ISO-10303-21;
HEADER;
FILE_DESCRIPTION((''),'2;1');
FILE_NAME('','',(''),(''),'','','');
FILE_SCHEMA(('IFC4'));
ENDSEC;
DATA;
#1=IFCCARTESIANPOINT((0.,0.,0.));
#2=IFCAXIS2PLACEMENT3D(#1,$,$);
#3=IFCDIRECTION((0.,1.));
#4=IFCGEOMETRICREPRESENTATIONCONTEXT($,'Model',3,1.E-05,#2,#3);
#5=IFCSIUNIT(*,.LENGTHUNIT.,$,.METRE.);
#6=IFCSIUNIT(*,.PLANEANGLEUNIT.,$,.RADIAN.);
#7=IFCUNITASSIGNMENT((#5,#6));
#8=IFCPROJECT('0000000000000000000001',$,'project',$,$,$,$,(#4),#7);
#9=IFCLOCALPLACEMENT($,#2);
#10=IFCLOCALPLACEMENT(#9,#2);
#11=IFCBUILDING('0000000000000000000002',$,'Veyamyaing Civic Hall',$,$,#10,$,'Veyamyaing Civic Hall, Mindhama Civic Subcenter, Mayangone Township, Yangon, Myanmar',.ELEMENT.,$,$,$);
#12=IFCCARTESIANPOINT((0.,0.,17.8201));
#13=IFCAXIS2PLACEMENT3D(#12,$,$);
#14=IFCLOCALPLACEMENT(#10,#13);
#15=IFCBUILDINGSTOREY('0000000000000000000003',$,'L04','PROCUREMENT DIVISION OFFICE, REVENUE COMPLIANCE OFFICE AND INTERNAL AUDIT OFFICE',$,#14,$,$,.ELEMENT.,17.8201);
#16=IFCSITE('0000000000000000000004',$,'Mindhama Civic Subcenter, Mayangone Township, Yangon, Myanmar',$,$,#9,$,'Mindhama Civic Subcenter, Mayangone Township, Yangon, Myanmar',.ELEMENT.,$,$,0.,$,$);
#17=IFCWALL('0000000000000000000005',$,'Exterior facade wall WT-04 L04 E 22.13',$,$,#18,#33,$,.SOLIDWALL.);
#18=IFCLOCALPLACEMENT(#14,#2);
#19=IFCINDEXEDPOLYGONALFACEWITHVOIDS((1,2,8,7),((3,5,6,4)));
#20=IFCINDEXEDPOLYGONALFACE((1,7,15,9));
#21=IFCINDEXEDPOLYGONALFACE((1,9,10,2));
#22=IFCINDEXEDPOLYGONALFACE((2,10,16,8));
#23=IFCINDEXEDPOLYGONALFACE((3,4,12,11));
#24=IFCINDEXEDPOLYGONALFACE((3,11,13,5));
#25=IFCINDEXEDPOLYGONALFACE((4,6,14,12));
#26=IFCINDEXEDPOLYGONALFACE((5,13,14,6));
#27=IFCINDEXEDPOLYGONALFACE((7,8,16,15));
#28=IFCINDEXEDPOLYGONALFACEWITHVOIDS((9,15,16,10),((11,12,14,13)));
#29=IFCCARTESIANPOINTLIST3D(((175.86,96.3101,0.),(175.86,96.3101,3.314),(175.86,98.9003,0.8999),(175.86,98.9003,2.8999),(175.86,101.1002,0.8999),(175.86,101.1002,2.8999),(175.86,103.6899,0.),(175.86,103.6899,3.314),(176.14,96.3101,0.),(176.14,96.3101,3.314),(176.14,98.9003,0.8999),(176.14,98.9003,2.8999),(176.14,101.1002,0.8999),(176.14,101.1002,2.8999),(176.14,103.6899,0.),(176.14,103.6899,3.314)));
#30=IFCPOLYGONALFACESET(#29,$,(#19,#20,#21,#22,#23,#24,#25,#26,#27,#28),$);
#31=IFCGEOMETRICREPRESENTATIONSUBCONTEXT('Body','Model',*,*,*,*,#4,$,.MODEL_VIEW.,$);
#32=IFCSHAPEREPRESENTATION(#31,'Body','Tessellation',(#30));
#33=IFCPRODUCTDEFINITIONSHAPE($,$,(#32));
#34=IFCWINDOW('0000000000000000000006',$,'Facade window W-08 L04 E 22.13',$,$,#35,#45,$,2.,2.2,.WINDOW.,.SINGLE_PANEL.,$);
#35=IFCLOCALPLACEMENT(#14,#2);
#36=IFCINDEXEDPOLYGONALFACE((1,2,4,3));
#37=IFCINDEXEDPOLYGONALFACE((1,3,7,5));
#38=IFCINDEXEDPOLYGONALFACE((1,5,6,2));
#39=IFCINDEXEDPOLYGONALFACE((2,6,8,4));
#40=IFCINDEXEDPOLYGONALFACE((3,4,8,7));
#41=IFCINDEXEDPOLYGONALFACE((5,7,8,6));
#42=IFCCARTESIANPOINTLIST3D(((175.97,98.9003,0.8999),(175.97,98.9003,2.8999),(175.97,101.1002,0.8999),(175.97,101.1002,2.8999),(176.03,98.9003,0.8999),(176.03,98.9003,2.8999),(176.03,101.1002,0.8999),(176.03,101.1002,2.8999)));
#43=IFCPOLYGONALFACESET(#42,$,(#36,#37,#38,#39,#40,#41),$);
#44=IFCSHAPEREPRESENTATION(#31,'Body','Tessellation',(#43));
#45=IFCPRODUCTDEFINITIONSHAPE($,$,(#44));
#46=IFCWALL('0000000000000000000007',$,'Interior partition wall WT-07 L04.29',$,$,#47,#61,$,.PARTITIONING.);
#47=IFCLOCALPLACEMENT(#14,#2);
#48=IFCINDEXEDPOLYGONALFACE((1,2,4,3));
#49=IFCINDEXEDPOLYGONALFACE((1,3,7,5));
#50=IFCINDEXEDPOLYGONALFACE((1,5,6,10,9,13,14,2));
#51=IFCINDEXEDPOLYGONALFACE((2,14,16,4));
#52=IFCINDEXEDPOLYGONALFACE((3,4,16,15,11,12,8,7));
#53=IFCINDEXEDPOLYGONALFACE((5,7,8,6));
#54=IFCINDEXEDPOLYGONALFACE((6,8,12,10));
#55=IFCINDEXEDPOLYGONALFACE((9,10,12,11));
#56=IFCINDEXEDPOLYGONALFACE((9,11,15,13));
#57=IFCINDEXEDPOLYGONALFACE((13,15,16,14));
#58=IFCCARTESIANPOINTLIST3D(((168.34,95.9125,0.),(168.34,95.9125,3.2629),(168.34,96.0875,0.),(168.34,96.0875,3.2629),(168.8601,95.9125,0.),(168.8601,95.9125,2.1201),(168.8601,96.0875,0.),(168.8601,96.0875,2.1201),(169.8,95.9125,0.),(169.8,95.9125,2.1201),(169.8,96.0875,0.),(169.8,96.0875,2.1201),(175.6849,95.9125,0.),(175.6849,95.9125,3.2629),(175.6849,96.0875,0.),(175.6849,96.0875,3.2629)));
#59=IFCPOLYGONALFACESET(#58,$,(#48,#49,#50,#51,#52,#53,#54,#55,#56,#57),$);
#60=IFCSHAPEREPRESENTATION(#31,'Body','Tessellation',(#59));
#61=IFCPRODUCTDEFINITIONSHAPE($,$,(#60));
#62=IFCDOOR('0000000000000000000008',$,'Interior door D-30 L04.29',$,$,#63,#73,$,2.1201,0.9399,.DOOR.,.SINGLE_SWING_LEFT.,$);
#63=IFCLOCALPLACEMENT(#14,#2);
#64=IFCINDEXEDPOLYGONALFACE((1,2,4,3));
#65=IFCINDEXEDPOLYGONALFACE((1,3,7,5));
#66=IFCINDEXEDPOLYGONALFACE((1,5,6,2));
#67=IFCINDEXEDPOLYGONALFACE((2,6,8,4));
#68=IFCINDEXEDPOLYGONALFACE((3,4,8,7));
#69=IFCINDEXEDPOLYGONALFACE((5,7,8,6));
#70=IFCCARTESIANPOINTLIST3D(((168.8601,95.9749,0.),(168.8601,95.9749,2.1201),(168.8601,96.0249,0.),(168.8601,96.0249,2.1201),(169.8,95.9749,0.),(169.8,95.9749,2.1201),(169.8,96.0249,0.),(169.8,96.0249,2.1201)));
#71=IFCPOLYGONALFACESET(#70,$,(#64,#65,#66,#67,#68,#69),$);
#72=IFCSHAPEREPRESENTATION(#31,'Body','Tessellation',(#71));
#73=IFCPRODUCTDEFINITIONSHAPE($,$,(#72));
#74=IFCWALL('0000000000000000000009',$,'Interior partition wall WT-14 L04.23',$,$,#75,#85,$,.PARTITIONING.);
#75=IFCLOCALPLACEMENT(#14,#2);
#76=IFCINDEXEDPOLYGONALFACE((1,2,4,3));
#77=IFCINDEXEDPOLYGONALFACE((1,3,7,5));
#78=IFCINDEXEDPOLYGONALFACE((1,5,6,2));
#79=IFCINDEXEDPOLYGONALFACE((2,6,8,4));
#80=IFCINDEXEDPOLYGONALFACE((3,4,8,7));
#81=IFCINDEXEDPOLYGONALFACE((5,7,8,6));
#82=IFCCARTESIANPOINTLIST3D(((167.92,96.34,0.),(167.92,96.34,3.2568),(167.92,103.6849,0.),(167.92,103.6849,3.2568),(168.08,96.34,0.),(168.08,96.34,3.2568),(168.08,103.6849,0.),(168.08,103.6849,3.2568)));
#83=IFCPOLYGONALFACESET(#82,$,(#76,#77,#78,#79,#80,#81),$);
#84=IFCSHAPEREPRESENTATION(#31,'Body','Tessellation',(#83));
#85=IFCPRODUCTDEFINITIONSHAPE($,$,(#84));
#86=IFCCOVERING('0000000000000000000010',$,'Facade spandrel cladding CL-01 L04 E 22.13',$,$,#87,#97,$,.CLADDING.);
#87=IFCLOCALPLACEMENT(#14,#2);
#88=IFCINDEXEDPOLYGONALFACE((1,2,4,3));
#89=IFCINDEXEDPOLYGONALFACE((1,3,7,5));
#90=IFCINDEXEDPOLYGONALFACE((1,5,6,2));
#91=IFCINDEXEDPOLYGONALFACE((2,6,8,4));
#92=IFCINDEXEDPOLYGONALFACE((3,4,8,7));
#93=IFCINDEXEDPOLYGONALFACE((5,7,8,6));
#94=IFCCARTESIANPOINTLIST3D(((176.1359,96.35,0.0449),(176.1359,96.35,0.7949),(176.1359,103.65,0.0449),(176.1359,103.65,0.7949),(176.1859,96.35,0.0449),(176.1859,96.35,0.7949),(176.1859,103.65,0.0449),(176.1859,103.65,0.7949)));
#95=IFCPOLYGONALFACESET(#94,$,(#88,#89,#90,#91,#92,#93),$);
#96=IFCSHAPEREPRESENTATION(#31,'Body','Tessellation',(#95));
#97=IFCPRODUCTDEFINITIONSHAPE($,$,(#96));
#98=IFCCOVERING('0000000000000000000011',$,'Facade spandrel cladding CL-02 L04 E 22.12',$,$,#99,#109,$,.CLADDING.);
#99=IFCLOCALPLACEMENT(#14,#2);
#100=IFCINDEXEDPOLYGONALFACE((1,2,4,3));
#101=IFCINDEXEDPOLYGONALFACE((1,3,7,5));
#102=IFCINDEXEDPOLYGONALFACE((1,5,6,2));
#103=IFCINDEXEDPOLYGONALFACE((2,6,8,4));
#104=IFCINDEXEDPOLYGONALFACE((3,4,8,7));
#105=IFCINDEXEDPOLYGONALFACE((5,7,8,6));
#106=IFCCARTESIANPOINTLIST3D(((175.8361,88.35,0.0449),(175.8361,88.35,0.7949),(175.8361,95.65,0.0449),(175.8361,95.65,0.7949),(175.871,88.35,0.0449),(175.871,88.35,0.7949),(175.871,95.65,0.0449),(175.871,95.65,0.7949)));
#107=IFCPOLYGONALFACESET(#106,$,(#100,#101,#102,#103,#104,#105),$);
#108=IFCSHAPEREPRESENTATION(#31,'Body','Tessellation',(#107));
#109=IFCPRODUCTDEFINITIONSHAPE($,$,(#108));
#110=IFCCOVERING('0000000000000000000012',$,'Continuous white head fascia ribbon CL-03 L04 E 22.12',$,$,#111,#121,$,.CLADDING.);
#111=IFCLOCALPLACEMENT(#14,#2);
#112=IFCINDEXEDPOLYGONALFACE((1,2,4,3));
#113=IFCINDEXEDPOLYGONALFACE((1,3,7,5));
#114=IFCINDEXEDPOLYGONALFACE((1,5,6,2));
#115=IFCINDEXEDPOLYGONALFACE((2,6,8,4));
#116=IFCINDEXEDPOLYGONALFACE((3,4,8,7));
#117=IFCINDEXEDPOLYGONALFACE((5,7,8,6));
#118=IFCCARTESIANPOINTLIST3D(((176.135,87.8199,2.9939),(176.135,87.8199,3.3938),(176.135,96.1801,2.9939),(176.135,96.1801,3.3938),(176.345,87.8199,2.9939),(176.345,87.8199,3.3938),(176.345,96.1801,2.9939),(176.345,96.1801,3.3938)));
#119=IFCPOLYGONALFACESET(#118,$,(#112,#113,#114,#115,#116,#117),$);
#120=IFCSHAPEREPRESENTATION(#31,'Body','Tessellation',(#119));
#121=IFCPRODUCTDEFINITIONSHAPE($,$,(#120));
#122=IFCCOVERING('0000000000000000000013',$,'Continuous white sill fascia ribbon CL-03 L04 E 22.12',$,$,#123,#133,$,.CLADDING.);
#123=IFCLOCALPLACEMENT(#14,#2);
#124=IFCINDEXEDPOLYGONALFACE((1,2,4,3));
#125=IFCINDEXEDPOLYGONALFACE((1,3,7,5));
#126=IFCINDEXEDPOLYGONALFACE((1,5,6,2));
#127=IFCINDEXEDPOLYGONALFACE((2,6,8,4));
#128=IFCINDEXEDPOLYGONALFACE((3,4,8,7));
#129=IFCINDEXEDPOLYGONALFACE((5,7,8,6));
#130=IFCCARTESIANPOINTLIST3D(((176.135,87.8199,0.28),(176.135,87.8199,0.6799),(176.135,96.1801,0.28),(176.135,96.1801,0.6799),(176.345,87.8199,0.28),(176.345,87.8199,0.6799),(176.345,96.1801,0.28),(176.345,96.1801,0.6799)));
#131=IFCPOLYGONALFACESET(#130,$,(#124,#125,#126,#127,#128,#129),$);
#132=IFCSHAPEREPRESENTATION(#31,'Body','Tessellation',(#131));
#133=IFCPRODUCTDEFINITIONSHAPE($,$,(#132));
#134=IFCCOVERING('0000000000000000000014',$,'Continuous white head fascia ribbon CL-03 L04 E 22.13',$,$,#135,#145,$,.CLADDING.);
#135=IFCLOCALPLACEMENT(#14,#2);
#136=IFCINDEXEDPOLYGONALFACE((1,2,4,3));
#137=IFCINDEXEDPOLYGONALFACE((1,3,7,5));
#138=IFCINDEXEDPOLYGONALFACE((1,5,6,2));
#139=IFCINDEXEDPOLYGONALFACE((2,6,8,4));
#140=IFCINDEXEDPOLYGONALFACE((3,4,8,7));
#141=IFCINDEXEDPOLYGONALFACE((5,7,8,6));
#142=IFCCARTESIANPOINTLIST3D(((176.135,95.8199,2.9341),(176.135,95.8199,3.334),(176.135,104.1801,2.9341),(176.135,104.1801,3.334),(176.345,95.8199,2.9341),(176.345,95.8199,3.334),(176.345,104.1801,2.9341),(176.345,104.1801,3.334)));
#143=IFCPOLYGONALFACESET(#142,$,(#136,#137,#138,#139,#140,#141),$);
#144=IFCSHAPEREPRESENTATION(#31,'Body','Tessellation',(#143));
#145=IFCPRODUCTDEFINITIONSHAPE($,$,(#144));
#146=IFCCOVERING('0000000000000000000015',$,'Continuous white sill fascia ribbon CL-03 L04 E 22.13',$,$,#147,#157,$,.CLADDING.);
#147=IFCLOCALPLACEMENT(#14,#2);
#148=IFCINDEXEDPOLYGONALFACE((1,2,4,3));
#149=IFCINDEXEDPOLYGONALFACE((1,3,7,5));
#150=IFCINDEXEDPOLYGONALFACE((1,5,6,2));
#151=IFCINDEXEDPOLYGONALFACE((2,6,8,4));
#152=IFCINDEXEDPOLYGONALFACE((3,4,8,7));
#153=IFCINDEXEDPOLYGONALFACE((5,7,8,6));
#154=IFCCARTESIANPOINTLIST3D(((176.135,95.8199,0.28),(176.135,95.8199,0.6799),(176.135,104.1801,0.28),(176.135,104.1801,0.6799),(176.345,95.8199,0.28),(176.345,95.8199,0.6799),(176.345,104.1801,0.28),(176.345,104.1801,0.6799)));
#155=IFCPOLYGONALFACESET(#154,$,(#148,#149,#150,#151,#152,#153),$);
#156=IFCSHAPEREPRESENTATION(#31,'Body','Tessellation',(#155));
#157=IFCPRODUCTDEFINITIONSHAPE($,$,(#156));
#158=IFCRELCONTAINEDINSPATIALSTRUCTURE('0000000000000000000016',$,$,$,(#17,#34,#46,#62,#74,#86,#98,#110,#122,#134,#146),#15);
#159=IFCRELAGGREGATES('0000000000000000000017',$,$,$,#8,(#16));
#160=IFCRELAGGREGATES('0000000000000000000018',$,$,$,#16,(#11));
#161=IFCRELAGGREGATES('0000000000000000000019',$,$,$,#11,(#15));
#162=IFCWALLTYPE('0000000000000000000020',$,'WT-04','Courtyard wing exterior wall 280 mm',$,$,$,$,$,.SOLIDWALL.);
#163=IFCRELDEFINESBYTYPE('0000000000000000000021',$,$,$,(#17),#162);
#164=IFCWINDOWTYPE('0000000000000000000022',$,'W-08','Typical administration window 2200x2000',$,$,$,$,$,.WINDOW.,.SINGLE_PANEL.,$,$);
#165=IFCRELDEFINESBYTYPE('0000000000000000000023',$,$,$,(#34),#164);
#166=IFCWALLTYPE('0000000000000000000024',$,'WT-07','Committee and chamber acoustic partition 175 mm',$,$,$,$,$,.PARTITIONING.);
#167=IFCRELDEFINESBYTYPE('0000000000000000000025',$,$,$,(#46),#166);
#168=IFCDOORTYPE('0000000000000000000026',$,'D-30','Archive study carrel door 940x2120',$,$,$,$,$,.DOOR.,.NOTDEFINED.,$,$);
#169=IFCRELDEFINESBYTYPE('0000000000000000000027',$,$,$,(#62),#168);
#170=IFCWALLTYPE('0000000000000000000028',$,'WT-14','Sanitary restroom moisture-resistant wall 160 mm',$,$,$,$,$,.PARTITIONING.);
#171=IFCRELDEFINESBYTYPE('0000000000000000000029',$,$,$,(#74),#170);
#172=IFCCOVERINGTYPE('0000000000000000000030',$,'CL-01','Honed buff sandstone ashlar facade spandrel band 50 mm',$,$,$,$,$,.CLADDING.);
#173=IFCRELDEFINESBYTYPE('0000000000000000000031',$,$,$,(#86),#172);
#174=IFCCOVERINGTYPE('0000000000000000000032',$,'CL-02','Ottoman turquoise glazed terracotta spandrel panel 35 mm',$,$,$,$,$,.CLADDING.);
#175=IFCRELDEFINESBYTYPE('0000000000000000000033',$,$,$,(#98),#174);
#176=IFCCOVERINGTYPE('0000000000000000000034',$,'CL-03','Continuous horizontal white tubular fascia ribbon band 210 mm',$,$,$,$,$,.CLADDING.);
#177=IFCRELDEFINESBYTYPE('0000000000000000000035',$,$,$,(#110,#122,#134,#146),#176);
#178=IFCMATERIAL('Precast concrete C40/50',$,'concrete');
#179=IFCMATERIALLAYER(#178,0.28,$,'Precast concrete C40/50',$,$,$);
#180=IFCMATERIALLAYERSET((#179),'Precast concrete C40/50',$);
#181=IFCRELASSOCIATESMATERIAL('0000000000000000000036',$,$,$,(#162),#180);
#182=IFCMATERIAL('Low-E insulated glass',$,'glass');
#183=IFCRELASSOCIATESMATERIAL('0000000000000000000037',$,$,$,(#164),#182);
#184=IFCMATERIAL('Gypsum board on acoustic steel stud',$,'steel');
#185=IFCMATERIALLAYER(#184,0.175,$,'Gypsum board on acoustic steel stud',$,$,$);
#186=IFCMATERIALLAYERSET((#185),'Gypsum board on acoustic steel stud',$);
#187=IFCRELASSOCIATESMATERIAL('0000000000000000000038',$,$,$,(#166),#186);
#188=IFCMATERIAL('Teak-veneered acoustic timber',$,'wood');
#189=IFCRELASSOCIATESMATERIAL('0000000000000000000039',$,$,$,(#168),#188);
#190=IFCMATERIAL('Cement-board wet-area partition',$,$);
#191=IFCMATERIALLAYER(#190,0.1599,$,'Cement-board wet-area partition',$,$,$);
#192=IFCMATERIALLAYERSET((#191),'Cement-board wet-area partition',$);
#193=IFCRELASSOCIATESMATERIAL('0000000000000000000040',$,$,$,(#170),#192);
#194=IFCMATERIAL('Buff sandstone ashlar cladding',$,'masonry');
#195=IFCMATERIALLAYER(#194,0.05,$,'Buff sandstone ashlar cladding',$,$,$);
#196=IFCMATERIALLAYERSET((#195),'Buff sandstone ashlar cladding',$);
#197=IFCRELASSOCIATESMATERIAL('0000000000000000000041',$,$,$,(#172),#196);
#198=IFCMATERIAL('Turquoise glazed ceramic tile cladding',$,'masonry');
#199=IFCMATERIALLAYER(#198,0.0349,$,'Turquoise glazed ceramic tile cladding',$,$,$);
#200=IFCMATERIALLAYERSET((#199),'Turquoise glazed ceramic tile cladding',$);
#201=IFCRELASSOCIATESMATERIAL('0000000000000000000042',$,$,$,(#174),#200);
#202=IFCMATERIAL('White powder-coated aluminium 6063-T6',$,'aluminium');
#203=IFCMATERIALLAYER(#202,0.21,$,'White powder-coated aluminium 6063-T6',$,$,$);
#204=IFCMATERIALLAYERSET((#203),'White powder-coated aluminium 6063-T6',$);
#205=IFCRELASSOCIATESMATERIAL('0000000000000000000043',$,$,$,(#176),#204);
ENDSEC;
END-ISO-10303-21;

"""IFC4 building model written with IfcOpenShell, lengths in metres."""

from ifc_helpers import new_model, si_unit, direction, frame, frame_2d, origin, origin_2d, place, context, subcontext, project, spatial, rectangle, extrude, material, layer, layer_set, type_object, element, fill, save


model = new_model("IFC4")

# Units and contexts
model_context = context("Model", 3, precision=1e-05, world=origin(), true_north=direction((0.0, 1.0)))
body_context = subcontext(model_context, "Body", "Model", "MODEL_VIEW")
ifc_project = project(units=[si_unit("LENGTHUNIT", "METRE"), si_unit("PLANEANGLEUNIT", "RADIAN")], contexts=[model_context])

# Site, building, storey
site_placement = place(None, origin())
site = spatial("IfcSite", under=ifc_project, at=site_placement, Name="Mindhama Civic Subcenter, Mayangone Township, Yangon, Myanmar", LongName="Mindhama Civic Subcenter, Mayangone Township, Yangon, Myanmar", CompositionType="ELEMENT", RefElevation=0.0)
building_placement = place(site_placement, origin())
building = spatial("IfcBuilding", under=site, at=building_placement, Name="Veyamyaing Civic Hall", LongName="Veyamyaing Civic Hall, Mindhama Civic Subcenter, Mayangone Township, Yangon, Myanmar", CompositionType="ELEMENT")
storey_placement = place(building_placement, frame((0.0, 0.0, 17.8201)))
storey = spatial("IfcBuildingStorey", under=building, at=storey_placement, Name="L04", Description="PROCUREMENT DIVISION OFFICE, REVENUE COMPLIANCE OFFICE AND INTERNAL AUDIT OFFICE", CompositionType="ELEMENT", Elevation=17.8201)

# Wall, opening, window
ifc_material_1 = material(Name="Precast concrete C40/50", Category="concrete")
ifc_layer_1 = layer(ifc_material_1, 0.28, Name="Precast concrete C40/50")
ifc_layer_set_1 = layer_set([ifc_layer_1], Name="Precast concrete C40/50")
wall_type_1 = type_object("IfcWallType", Name="WT-04", Description="Courtyard wing exterior wall 280 mm", PredefinedType="SOLIDWALL", material=ifc_layer_set_1)
wall_1_placement = place(storey_placement, frame((176.0, 96.3101, 0.0), z_axis=(0.0, 0.0, 1.0), x_axis=(0.0, 1.0, 0.0)))
wall_1 = element("IfcWall", 1, at=wall_1_placement, inside=storey, type_object=wall_type_1, Name="Exterior facade wall WT-04 L04 E 22.13", PredefinedType="SOLIDWALL", context=body_context, shape_type="SweptSolid", body=[
    extrude(rectangle(XDim=7.3799, YDim=0.28, at=frame_2d((3.6899, 0.0))), origin(), (0.0, 0.0, 1.0), 3.314),
])
opening_1_placement = place(wall_1_placement, frame((2.5901, 0.0, 0.8999)))
opening_1 = element("IfcOpeningElement", 2, at=opening_1_placement, cuts=wall_1, PredefinedType="OPENING", context=body_context, shape_type="SweptSolid", body=[
    extrude(rectangle(XDim=2.2, YDim=2.0, at=frame_2d((1.1001, 1.0))), frame((0.0, 0.1499, 0.0), z_axis=(0.0, -1.0, 0.0), x_axis=(1.0, 0.0, 0.0)), (0.0, 0.0, 1.0), 0.3),
])
ifc_material_2 = material(Name="Low-E insulated glass", Category="glass")
window_type = type_object("IfcWindowType", Name="W-08", Description="Typical administration window 2200x2000", PartitioningType="SINGLE_PANEL", PredefinedType="WINDOW", material=ifc_material_2)
window_placement = place(opening_1_placement, origin())
window = element("IfcWindow", 3, at=window_placement, inside=storey, type_object=window_type, Name="Facade window W-08 L04 E 22.13", OverallHeight=2.0, OverallWidth=2.2, PartitioningType="SINGLE_PANEL", PredefinedType="WINDOW", context=body_context, shape_type="SweptSolid", body=[
    extrude(rectangle(XDim=2.2, YDim=2.0, at=frame_2d((1.1001, 1.0))), frame((0.0, 0.03, 0.0), z_axis=(0.0, -1.0, 0.0), x_axis=(1.0, 0.0, 0.0)), (0.0, 0.0, 1.0), 0.0601),
])
fill(opening_1, window)

# Wall, opening, door
ifc_material_3 = material(Name="Gypsum board on acoustic steel stud", Category="steel")
ifc_layer_2 = layer(ifc_material_3, 0.175, Name="Gypsum board on acoustic steel stud")
ifc_layer_set_2 = layer_set([ifc_layer_2], Name="Gypsum board on acoustic steel stud")
wall_type_2 = type_object("IfcWallType", Name="WT-07", Description="Committee and chamber acoustic partition 175 mm", PredefinedType="PARTITIONING", material=ifc_layer_set_2)
wall_2_placement = place(storey_placement, frame((168.3401, 96.0, 0.0), z_axis=(0.0, 0.0, 1.0), x_axis=(1.0, 0.0, 0.0)))
wall_2 = element("IfcWall", 4, at=wall_2_placement, inside=storey, type_object=wall_type_2, Name="Interior partition wall WT-07 L04.29", PredefinedType="PARTITIONING", context=body_context, shape_type="SweptSolid", body=[
    extrude(rectangle(XDim=7.345, YDim=0.175, at=frame_2d((3.6724, 0.0))), origin(), (0.0, 0.0, 1.0), 3.2629),
])
opening_2_placement = place(wall_2_placement, frame((0.52, 0.0, 0.0)))
opening_2 = element("IfcOpeningElement", 5, at=opening_2_placement, cuts=wall_2, PredefinedType="OPENING", context=body_context, shape_type="SweptSolid", body=[
    extrude(rectangle(XDim=0.9399, YDim=2.1201, at=frame_2d((0.47, 1.0601))), frame((0.0, 0.0974, 0.0), z_axis=(0.0, -1.0, 0.0), x_axis=(1.0, 0.0, 0.0)), (0.0, 0.0, 1.0), 0.1951),
])
ifc_material_4 = material(Name="Teak-veneered acoustic timber", Category="wood")
door_type = type_object("IfcDoorType", Name="D-30", Description="Archive study carrel door 940x2120", OperationType="NOTDEFINED", PredefinedType="DOOR", material=ifc_material_4)
door_placement = place(opening_2_placement, origin())
door = element("IfcDoor", 6, at=door_placement, inside=storey, type_object=door_type, Name="Interior door D-30 L04.29", OperationType="SINGLE_SWING_LEFT", OverallHeight=2.1201, OverallWidth=0.9399, PredefinedType="DOOR", context=body_context, shape_type="SweptSolid", body=[
    extrude(rectangle(XDim=0.9399, YDim=2.1201, at=frame_2d((0.47, 1.0601))), frame((0.0, 0.0249, 0.0), z_axis=(0.0, -1.0, 0.0), x_axis=(1.0, 0.0, 0.0)), (0.0, 0.0, 1.0), 0.05),
])
fill(opening_2, door)

# Wall
ifc_material_5 = material(Name="Cement-board wet-area partition")
ifc_layer_3 = layer(ifc_material_5, 0.1599, Name="Cement-board wet-area partition")
ifc_layer_set_3 = layer_set([ifc_layer_3], Name="Cement-board wet-area partition")
wall_type_3 = type_object("IfcWallType", Name="WT-14", Description="Sanitary restroom moisture-resistant wall 160 mm", PredefinedType="PARTITIONING", material=ifc_layer_set_3)
wall_3_placement = place(storey_placement, frame((168.0, 96.3401, 0.0), z_axis=(0.0, 0.0, 1.0), x_axis=(0.0, 1.0, 0.0)))
element("IfcWall", 7, at=wall_3_placement, inside=storey, type_object=wall_type_3, Name="Interior partition wall WT-14 L04.23", PredefinedType="PARTITIONING", context=body_context, shape_type="SweptSolid", body=[
    extrude(rectangle(XDim=7.345, YDim=0.1599, at=frame_2d((3.6724, 0.0))), origin(), (0.0, 0.0, 1.0), 3.2568),
])

# Coverings
ifc_material_6 = material(Name="Buff sandstone ashlar cladding", Category="masonry")
ifc_layer_4 = layer(ifc_material_6, 0.05, Name="Buff sandstone ashlar cladding")
ifc_layer_set_4 = layer_set([ifc_layer_4], Name="Buff sandstone ashlar cladding")
covering_type_1 = type_object("IfcCoveringType", Name="CL-01", Description="Honed buff sandstone ashlar facade spandrel band 50 mm", PredefinedType="CLADDING", material=ifc_layer_set_4)
covering_1_placement = place(storey_placement, frame((176.1609, 100.0, 0.0449), z_axis=(0.0, 0.0, 1.0), x_axis=(0.0, 1.0, 0.0)))
element("IfcCovering", 8, at=covering_1_placement, inside=storey, type_object=covering_type_1, Name="Facade spandrel cladding CL-01 L04 E 22.13", PredefinedType="CLADDING", context=body_context, shape_type="SweptSolid", body=[
    extrude(rectangle(XDim=7.3, YDim=0.05, at=origin_2d()), origin(), (0.0, 0.0, 1.0), 0.75),
])
ifc_material_7 = material(Name="Turquoise glazed ceramic tile cladding", Category="masonry")
ifc_layer_5 = layer(ifc_material_7, 0.0349, Name="Turquoise glazed ceramic tile cladding")
ifc_layer_set_5 = layer_set([ifc_layer_5], Name="Turquoise glazed ceramic tile cladding")
covering_type_2 = type_object("IfcCoveringType", Name="CL-02", Description="Ottoman turquoise glazed terracotta spandrel panel 35 mm", PredefinedType="CLADDING", material=ifc_layer_set_5)
covering_2_placement = place(storey_placement, frame((175.8535, 92.0, 0.0449), z_axis=(0.0, 0.0, 1.0), x_axis=(0.0, 1.0, 0.0)))
element("IfcCovering", 9, at=covering_2_placement, inside=storey, type_object=covering_type_2, Name="Facade spandrel cladding CL-02 L04 E 22.12", PredefinedType="CLADDING", context=body_context, shape_type="SweptSolid", body=[
    extrude(rectangle(XDim=7.3, YDim=0.0349, at=origin_2d()), origin(), (0.0, 0.0, 1.0), 0.75),
])
ifc_material_8 = material(Name="White powder-coated aluminium 6063-T6", Category="aluminium")
ifc_layer_6 = layer(ifc_material_8, 0.21, Name="White powder-coated aluminium 6063-T6")
ifc_layer_set_6 = layer_set([ifc_layer_6], Name="White powder-coated aluminium 6063-T6")
covering_type_3 = type_object("IfcCoveringType", Name="CL-03", Description="Continuous horizontal white tubular fascia ribbon band 210 mm", PredefinedType="CLADDING", material=ifc_layer_set_6)
for number, where, z_axis, x_axis, name in (
    (10, (176.24, 92.0, 2.9939), (0.0, 0.0, 1.0), (0.0, 1.0, 0.0), "Continuous white head fascia ribbon CL-03 L04 E 22.12"),
    (11, (176.24, 92.0, 0.28), (0.0, 0.0, 1.0), (0.0, 1.0, 0.0), "Continuous white sill fascia ribbon CL-03 L04 E 22.12"),
    (12, (176.24, 100.0, 2.9341), (0.0, 0.0, 1.0), (0.0, 1.0, 0.0), "Continuous white head fascia ribbon CL-03 L04 E 22.13"),
    (13, (176.24, 100.0, 0.28), (0.0, 0.0, 1.0), (0.0, 1.0, 0.0), "Continuous white sill fascia ribbon CL-03 L04 E 22.13"),
):
    element("IfcCovering", number, at=place(storey_placement, frame(where, z_axis=z_axis, x_axis=x_axis)), inside=storey, type_object=covering_type_3, Name=name, PredefinedType="CLADDING", context=body_context, shape_type="SweptSolid", body=[
        extrude(rectangle(XDim=8.3601, YDim=0.21, at=origin_2d()), origin(), (0.0, 0.0, 1.0), 0.3999),
    ])

save(model, "model.ifc")
